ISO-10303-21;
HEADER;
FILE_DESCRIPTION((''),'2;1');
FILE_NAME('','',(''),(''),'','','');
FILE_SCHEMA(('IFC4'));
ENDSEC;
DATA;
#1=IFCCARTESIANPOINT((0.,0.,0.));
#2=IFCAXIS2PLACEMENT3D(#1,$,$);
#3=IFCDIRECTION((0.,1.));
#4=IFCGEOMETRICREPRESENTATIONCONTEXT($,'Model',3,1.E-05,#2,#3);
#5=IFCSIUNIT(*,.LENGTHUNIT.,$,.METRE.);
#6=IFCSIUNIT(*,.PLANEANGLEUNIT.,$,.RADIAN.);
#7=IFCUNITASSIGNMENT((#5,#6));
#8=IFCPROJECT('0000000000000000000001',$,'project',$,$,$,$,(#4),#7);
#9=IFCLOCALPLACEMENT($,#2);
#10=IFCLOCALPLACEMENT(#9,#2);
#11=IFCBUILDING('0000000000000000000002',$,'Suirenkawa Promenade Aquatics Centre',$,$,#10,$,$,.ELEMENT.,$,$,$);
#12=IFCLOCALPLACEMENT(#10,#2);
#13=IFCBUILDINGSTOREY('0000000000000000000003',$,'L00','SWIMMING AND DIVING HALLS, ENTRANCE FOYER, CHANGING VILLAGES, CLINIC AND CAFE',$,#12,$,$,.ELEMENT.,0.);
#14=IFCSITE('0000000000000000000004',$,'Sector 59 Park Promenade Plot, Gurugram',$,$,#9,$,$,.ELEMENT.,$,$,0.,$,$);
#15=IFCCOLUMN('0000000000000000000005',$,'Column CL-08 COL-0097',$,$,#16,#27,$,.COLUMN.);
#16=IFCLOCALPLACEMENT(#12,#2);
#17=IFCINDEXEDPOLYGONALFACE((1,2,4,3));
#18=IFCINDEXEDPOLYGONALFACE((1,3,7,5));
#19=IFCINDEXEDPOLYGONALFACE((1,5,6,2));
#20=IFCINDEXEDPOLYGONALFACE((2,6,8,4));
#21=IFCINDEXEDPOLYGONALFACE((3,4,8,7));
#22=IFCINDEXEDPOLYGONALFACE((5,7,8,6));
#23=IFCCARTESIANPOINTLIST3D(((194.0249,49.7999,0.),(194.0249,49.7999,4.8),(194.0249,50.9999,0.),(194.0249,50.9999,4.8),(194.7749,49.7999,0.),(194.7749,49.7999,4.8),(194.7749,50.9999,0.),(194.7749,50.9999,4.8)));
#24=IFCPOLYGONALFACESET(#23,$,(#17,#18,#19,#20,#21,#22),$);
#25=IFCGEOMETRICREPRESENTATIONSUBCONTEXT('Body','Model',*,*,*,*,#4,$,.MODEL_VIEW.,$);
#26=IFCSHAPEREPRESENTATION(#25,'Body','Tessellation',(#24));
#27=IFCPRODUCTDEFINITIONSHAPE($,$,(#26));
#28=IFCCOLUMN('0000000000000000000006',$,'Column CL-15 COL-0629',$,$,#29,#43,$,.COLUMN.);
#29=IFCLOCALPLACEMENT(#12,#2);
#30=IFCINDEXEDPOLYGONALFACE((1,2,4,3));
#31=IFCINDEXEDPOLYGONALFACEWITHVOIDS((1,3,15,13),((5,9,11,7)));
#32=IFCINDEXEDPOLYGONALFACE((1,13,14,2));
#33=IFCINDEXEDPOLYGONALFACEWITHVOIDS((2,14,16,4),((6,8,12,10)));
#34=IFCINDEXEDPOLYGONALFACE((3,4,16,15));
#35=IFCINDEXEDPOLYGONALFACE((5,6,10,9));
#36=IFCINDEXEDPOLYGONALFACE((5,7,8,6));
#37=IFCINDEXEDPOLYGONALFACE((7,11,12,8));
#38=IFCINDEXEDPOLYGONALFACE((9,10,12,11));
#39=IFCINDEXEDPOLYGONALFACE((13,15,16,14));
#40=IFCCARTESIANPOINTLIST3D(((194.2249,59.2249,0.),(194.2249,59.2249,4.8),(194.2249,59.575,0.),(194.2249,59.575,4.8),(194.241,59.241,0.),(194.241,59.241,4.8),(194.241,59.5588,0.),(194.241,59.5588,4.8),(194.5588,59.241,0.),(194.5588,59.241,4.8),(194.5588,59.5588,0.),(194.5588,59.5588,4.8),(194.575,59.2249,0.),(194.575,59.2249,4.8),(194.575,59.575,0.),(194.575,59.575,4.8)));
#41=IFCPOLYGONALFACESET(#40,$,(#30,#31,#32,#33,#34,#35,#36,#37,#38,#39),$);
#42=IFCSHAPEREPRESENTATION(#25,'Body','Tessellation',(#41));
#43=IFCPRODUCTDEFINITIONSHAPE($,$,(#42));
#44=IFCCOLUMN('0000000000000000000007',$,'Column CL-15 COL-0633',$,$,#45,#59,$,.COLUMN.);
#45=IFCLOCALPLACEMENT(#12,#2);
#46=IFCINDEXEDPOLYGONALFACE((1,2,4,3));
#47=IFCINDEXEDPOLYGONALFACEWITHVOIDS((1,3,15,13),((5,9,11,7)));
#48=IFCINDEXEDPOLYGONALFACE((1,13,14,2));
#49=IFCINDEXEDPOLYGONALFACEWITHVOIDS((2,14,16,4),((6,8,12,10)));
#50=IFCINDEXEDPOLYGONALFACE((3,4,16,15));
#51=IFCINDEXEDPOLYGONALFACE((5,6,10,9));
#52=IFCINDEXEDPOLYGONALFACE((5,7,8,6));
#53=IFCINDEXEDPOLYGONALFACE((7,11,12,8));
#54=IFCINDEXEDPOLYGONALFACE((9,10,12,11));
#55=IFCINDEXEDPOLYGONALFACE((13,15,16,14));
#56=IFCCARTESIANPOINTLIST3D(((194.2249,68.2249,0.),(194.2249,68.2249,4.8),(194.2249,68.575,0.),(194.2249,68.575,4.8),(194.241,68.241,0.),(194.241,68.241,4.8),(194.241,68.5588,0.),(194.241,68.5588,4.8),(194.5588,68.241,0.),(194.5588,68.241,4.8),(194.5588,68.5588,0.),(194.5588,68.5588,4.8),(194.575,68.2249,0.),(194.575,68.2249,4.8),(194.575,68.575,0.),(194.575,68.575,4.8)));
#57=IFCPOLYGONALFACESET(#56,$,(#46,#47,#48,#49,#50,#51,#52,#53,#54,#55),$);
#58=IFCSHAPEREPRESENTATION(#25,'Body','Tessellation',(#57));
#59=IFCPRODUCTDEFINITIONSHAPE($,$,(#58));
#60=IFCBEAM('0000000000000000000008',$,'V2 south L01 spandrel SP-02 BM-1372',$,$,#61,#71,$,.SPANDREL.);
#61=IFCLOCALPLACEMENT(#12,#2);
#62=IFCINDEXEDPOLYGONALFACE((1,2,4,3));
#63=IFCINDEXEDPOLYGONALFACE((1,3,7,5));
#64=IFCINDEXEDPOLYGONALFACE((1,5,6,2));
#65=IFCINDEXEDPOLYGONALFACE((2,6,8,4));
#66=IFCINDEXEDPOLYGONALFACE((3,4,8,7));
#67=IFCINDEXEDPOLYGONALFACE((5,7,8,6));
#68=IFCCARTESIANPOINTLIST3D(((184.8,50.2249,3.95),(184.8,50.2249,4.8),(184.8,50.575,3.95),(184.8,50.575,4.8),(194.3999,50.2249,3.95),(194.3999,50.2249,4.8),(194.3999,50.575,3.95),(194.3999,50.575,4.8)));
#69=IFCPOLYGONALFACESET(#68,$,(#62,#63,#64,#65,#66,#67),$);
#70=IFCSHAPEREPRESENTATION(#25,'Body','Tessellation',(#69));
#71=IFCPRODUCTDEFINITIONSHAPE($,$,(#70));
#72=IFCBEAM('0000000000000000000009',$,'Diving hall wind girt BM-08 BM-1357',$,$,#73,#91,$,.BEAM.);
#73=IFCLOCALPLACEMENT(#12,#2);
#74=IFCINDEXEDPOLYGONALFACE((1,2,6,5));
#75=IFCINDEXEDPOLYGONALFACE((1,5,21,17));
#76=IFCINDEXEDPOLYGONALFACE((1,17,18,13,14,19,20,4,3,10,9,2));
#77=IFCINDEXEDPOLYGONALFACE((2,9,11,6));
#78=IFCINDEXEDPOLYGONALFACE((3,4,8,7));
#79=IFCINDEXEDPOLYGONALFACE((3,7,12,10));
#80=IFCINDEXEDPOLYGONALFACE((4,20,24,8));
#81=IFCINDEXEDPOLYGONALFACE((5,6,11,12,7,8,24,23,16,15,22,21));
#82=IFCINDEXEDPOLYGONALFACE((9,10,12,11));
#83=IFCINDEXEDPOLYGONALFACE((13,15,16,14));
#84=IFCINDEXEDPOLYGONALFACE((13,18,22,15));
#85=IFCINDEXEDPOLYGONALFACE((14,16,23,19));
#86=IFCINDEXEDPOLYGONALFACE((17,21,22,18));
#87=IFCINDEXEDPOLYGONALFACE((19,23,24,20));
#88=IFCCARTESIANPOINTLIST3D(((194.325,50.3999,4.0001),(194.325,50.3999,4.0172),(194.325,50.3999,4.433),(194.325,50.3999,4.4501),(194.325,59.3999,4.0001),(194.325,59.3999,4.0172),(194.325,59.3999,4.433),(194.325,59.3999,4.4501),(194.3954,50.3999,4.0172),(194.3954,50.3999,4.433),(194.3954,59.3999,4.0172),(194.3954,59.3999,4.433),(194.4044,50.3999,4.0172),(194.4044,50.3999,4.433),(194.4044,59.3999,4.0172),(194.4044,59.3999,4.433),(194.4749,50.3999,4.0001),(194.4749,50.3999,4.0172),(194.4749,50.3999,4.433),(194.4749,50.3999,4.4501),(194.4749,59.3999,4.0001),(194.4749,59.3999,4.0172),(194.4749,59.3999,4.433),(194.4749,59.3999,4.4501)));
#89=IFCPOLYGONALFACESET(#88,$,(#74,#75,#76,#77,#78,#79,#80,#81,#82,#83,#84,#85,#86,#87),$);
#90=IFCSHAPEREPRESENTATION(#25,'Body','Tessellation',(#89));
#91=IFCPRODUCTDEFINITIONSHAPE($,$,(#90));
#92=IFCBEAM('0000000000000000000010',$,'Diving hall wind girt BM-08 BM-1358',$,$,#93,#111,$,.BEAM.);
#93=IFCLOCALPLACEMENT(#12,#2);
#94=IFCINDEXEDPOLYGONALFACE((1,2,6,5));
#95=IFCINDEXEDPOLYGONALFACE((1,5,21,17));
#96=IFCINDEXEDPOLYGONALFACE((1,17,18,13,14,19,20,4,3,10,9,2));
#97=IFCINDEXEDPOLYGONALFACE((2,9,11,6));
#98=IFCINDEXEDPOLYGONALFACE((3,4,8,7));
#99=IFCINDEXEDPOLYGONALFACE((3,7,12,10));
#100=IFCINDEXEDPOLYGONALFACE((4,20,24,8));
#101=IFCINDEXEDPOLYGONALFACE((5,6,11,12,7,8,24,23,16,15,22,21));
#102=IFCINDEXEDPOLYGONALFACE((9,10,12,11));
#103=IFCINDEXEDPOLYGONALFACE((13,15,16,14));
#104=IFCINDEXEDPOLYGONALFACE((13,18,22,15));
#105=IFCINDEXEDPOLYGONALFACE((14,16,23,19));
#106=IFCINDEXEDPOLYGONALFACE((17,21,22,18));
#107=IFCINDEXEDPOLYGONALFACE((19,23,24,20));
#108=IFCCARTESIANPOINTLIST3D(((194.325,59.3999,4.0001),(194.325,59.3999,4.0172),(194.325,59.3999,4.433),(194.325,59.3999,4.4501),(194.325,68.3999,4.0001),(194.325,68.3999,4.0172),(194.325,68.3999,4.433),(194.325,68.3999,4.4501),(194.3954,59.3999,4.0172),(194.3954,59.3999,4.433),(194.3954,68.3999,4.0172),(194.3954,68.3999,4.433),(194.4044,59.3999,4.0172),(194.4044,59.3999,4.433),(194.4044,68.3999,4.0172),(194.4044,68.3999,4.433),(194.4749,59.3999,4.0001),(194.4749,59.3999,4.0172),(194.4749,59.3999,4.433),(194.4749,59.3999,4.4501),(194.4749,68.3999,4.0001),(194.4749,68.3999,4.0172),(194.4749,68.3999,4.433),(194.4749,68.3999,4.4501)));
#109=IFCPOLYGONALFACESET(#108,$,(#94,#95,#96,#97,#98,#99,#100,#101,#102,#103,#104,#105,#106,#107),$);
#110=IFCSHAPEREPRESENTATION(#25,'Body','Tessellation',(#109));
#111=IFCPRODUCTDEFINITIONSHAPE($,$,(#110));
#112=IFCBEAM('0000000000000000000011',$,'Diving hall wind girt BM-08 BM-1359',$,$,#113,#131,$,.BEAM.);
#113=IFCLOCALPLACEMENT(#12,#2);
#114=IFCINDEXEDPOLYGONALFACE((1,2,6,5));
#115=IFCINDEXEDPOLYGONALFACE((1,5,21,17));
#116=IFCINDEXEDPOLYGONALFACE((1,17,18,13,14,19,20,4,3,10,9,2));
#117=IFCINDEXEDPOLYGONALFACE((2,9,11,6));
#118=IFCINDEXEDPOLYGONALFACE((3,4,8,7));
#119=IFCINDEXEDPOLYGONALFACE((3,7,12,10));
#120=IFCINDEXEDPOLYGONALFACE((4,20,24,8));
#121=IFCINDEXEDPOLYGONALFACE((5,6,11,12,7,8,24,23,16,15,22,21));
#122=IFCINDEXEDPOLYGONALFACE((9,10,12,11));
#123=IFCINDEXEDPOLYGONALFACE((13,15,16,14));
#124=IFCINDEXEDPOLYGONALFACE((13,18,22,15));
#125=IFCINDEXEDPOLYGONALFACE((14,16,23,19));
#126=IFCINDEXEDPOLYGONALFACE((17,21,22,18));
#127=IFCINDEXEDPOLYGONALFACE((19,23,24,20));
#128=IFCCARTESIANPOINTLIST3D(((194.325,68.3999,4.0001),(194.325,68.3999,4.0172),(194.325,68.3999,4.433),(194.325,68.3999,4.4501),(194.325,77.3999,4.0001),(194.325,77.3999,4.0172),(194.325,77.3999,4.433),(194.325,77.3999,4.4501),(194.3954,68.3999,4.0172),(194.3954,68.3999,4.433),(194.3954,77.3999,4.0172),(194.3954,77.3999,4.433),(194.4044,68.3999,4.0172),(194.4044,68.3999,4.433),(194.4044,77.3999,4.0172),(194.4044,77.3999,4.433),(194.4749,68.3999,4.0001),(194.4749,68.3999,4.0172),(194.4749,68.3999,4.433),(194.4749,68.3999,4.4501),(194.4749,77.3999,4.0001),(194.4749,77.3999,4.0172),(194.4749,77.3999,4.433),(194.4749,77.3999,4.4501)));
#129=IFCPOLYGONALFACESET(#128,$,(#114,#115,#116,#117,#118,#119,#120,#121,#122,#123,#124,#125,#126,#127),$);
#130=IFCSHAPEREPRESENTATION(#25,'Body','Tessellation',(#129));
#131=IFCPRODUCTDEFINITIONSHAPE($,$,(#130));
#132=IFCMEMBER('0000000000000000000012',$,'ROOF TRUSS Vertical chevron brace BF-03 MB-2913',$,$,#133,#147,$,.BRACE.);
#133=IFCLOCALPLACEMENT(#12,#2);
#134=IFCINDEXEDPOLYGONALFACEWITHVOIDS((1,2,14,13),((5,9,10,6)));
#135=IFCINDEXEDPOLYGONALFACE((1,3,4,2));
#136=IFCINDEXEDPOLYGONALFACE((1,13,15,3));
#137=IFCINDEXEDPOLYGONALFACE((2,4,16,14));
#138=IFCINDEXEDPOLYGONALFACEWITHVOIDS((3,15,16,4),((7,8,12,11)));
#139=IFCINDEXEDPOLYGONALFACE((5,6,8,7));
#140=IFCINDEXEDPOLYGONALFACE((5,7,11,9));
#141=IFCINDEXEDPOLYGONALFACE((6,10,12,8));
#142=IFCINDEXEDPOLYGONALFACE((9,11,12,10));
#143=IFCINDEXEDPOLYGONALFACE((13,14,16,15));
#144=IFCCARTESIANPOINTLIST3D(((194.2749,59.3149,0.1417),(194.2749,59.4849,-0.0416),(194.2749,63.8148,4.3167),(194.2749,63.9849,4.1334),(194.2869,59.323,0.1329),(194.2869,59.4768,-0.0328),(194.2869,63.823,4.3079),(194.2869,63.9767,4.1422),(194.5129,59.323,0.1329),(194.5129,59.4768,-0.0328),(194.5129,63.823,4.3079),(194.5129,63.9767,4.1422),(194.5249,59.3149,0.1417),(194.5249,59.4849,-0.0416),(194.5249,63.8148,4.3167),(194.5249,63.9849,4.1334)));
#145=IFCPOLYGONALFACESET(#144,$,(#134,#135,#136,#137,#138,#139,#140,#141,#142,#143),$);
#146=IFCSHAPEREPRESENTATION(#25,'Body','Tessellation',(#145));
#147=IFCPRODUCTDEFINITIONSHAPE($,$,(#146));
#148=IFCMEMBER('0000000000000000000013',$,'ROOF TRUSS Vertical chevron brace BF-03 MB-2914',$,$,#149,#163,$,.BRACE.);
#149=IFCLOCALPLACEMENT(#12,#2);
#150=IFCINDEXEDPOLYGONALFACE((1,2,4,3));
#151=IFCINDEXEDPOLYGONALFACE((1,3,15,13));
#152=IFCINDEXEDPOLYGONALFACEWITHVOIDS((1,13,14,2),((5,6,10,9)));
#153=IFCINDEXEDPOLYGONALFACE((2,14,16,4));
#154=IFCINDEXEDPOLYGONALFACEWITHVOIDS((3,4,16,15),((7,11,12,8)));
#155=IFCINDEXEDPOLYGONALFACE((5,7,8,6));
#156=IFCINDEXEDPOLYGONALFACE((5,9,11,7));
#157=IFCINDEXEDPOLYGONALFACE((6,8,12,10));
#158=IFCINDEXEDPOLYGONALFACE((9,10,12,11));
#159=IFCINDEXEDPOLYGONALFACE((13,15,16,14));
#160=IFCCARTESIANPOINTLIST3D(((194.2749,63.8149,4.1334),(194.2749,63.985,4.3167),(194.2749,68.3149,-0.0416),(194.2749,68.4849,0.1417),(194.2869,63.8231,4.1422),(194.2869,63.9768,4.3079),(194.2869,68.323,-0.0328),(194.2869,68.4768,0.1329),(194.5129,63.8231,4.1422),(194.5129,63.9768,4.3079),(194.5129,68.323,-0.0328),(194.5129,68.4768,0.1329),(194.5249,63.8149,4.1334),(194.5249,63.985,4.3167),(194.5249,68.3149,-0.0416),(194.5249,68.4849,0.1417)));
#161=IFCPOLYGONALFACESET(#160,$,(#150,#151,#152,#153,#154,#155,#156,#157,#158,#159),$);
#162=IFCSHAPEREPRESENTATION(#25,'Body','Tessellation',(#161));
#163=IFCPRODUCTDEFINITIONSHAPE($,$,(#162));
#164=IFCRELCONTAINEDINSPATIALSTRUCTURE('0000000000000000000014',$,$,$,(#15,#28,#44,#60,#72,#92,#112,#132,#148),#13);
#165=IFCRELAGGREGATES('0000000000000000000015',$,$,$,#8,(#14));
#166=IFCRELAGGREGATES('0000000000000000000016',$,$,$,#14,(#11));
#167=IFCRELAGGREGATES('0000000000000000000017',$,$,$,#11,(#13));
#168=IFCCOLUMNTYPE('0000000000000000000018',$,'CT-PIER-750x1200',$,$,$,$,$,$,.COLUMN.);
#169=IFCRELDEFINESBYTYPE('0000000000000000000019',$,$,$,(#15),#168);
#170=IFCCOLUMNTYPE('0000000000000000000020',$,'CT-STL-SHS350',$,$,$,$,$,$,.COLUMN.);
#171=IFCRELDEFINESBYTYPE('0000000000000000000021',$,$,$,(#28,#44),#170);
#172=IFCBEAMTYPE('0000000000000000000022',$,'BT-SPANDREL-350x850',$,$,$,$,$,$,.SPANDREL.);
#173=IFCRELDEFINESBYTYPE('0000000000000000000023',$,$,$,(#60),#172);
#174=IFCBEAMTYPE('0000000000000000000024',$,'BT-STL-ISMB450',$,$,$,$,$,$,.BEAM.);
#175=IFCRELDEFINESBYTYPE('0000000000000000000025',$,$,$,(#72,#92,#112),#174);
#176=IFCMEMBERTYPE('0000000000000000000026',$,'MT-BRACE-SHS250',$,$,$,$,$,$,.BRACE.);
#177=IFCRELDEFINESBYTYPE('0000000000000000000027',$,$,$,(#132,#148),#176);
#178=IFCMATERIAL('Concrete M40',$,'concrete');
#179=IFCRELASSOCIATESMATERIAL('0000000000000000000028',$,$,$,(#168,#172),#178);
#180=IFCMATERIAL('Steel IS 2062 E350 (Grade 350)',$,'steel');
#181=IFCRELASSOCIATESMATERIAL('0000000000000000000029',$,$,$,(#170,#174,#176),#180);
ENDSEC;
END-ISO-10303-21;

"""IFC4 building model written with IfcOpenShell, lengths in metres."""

from ifc_helpers import new_model, si_unit, direction, frame, origin, origin_2d, place, context, subcontext, project, spatial, rectangle, hollow_rectangle, i_section, extrude, material, material_profile, profile_set, type_object, element, save


model = new_model("IFC4")

# Units and contexts
model_context = context("Model", 3, precision=1e-05, world=origin(), true_north=direction((0.0, 1.0)))
body_context = subcontext(model_context, "Body", "Model", "MODEL_VIEW")
ifc_project = project(units=[si_unit("LENGTHUNIT", "METRE"), si_unit("PLANEANGLEUNIT", "RADIAN")], contexts=[model_context])

# Site, building, storey
site_placement = place(None, origin())
site = spatial("IfcSite", under=ifc_project, at=site_placement, Name="Sector 59 Park Promenade Plot, Gurugram", CompositionType="ELEMENT", RefElevation=0.0)
building_placement = place(site_placement, origin())
building = spatial("IfcBuilding", under=site, at=building_placement, Name="Suirenkawa Promenade Aquatics Centre", CompositionType="ELEMENT")
storey_placement = place(building_placement, origin())
storey = spatial("IfcBuildingStorey", under=building, at=storey_placement, Name="L00", Description="SWIMMING AND DIVING HALLS, ENTRANCE FOYER, CHANGING VILLAGES, CLINIC AND CAFE", CompositionType="ELEMENT", Elevation=0.0)

# Columns
ifc_material_1 = material(Name="Concrete M40", Category="concrete")
ifc_material_profile_1 = material_profile(ifc_material_1, rectangle(XDim=0.75, YDim=1.2, at=origin_2d()), Name="RC PIER 750x1200", Category="concrete")
ifc_profile_set_1 = profile_set([ifc_material_profile_1], Name="Concrete M40")
column_type_1 = type_object("IfcColumnType", Name="CT-PIER-750x1200", PredefinedType="COLUMN", material=ifc_profile_set_1)
column_placement = place(storey_placement, frame((194.3999, 50.3999, 0.0), z_axis=(0.0, 0.0, 1.0), x_axis=(1.0, 0.0, 0.0)))
element("IfcColumn", 1, at=column_placement, inside=storey, type_object=column_type_1, Name="Column CL-08 COL-0097", PredefinedType="COLUMN", context=body_context, shape_type="SweptSolid", body=[
    extrude(rectangle(XDim=0.75, YDim=1.2, at=origin_2d()), origin(), (0.0, 0.0, 1.0), 4.8),
])
ifc_material_2 = material(Name="Steel IS 2062 E350 (Grade 350)", Category="steel")
ifc_material_profile_2 = material_profile(ifc_material_2, hollow_rectangle(XDim=0.3501, YDim=0.3501, WallThickness=0.0161, at=origin_2d()), Name="SHS 350x350x16", Category="steel")
ifc_profile_set_2 = profile_set([ifc_material_profile_2], Name="Steel IS 2062 E350 (Grade 350)")
column_type_2 = type_object("IfcColumnType", Name="CT-STL-SHS350", PredefinedType="COLUMN", material=ifc_profile_set_2)
for number, where, z_axis, x_axis, name in (
    (2, (194.3999, 59.3999, 0.0), (0.0, 0.0, 1.0), (1.0, 0.0, 0.0), "Column CL-15 COL-0629"),
    (3, (194.3999, 68.3999, 0.0), (0.0, 0.0, 1.0), (1.0, 0.0, 0.0), "Column CL-15 COL-0633"),
):
    element("IfcColumn", number, at=place(storey_placement, frame(where, z_axis=z_axis, x_axis=x_axis)), inside=storey, type_object=column_type_2, Name=name, PredefinedType="COLUMN", context=body_context, shape_type="SweptSolid", body=[
        extrude(hollow_rectangle(XDim=0.3501, YDim=0.3501, WallThickness=0.0161, at=origin_2d()), origin(), (0.0, 0.0, 1.0), 4.8),
    ])

# Beams
ifc_material_profile_3 = material_profile(ifc_material_1, rectangle(XDim=0.3501, YDim=0.8501, at=origin_2d()), Name="RC SPANDREL 350x850", Category="concrete")
ifc_profile_set_3 = profile_set([ifc_material_profile_3], Name="Concrete M40")
beam_type_1 = type_object("IfcBeamType", Name="BT-SPANDREL-350x850", PredefinedType="SPANDREL", material=ifc_profile_set_3)
beam_placement = place(storey_placement, frame((184.8, 50.3999, 4.375), z_axis=(1.0, 0.0, 0.0), x_axis=(0.0, 1.0, 0.0)))
element("IfcBeam", 4, at=beam_placement, inside=storey, type_object=beam_type_1, Name="V2 south L01 spandrel SP-02 BM-1372", PredefinedType="SPANDREL", context=body_context, shape_type="SweptSolid", body=[
    extrude(rectangle(XDim=0.3501, YDim=0.8501, at=origin_2d()), origin(), (0.0, 0.0, 1.0), 9.5999),
])
ifc_material_profile_4 = material_profile(ifc_material_2, i_section(OverallWidth=0.1499, OverallDepth=0.45, WebThickness=0.009, FlangeThickness=0.0171, at=origin_2d()), Name="ISMB 450", Category="steel")
ifc_profile_set_4 = profile_set([ifc_material_profile_4], Name="Steel IS 2062 E350 (Grade 350)")
beam_type_2 = type_object("IfcBeamType", Name="BT-STL-ISMB450", PredefinedType="BEAM", material=ifc_profile_set_4)
for number, where, z_axis, x_axis, name in (
    (5, (194.3999, 50.3999, 4.2251), (0.0, 1.0, 0.0), (-1.0, 0.0, 0.0), "Diving hall wind girt BM-08 BM-1357"),
    (6, (194.3999, 59.3999, 4.2251), (0.0, 1.0, 0.0), (-1.0, 0.0, 0.0), "Diving hall wind girt BM-08 BM-1358"),
    (7, (194.3999, 68.3999, 4.2251), (0.0, 1.0, 0.0), (-1.0, 0.0, 0.0), "Diving hall wind girt BM-08 BM-1359"),
):
    element("IfcBeam", number, at=place(storey_placement, frame(where, z_axis=z_axis, x_axis=x_axis)), inside=storey, type_object=beam_type_2, Name=name, PredefinedType="BEAM", context=body_context, shape_type="SweptSolid", body=[
        extrude(i_section(OverallWidth=0.1499, OverallDepth=0.45, WebThickness=0.009, FlangeThickness=0.0171, at=origin_2d()), origin(), (0.0, 0.0, 1.0), 9.0),
    ])

# Members
ifc_material_profile_5 = material_profile(ifc_material_2, hollow_rectangle(XDim=0.25, YDim=0.25, WallThickness=0.012, at=origin_2d()), Name="SHS 250x250x12", Category="steel")
ifc_profile_set_5 = profile_set([ifc_material_profile_5], Name="Steel IS 2062 E350 (Grade 350)")
member_type = type_object("IfcMemberType", Name="MT-BRACE-SHS250", PredefinedType="BRACE", material=ifc_profile_set_5)
for number, where, z_axis, x_axis, name in (
    (8, (194.3999, 59.3999, 0.05), (0.0, 0.73308, 0.680143), (-1.0, 0.0, 0.0), "ROOF TRUSS Vertical chevron brace BF-03 MB-2913"),
    (9, (194.3999, 68.3999, 0.05), (0.0, -0.73308, 0.680143), (1.0, 0.0, 0.0), "ROOF TRUSS Vertical chevron brace BF-03 MB-2914"),
):
    element("IfcMember", number, at=place(storey_placement, frame(where, z_axis=z_axis, x_axis=x_axis)), inside=storey, type_object=member_type, Name=name, PredefinedType="BRACE", context=body_context, shape_type="SweptSolid", body=[
        extrude(hollow_rectangle(XDim=0.25, YDim=0.25, WallThickness=0.012, at=origin_2d()), origin(), (0.0, 0.0, 1.0), 6.1384),
    ])

save(model, "model.ifc")
